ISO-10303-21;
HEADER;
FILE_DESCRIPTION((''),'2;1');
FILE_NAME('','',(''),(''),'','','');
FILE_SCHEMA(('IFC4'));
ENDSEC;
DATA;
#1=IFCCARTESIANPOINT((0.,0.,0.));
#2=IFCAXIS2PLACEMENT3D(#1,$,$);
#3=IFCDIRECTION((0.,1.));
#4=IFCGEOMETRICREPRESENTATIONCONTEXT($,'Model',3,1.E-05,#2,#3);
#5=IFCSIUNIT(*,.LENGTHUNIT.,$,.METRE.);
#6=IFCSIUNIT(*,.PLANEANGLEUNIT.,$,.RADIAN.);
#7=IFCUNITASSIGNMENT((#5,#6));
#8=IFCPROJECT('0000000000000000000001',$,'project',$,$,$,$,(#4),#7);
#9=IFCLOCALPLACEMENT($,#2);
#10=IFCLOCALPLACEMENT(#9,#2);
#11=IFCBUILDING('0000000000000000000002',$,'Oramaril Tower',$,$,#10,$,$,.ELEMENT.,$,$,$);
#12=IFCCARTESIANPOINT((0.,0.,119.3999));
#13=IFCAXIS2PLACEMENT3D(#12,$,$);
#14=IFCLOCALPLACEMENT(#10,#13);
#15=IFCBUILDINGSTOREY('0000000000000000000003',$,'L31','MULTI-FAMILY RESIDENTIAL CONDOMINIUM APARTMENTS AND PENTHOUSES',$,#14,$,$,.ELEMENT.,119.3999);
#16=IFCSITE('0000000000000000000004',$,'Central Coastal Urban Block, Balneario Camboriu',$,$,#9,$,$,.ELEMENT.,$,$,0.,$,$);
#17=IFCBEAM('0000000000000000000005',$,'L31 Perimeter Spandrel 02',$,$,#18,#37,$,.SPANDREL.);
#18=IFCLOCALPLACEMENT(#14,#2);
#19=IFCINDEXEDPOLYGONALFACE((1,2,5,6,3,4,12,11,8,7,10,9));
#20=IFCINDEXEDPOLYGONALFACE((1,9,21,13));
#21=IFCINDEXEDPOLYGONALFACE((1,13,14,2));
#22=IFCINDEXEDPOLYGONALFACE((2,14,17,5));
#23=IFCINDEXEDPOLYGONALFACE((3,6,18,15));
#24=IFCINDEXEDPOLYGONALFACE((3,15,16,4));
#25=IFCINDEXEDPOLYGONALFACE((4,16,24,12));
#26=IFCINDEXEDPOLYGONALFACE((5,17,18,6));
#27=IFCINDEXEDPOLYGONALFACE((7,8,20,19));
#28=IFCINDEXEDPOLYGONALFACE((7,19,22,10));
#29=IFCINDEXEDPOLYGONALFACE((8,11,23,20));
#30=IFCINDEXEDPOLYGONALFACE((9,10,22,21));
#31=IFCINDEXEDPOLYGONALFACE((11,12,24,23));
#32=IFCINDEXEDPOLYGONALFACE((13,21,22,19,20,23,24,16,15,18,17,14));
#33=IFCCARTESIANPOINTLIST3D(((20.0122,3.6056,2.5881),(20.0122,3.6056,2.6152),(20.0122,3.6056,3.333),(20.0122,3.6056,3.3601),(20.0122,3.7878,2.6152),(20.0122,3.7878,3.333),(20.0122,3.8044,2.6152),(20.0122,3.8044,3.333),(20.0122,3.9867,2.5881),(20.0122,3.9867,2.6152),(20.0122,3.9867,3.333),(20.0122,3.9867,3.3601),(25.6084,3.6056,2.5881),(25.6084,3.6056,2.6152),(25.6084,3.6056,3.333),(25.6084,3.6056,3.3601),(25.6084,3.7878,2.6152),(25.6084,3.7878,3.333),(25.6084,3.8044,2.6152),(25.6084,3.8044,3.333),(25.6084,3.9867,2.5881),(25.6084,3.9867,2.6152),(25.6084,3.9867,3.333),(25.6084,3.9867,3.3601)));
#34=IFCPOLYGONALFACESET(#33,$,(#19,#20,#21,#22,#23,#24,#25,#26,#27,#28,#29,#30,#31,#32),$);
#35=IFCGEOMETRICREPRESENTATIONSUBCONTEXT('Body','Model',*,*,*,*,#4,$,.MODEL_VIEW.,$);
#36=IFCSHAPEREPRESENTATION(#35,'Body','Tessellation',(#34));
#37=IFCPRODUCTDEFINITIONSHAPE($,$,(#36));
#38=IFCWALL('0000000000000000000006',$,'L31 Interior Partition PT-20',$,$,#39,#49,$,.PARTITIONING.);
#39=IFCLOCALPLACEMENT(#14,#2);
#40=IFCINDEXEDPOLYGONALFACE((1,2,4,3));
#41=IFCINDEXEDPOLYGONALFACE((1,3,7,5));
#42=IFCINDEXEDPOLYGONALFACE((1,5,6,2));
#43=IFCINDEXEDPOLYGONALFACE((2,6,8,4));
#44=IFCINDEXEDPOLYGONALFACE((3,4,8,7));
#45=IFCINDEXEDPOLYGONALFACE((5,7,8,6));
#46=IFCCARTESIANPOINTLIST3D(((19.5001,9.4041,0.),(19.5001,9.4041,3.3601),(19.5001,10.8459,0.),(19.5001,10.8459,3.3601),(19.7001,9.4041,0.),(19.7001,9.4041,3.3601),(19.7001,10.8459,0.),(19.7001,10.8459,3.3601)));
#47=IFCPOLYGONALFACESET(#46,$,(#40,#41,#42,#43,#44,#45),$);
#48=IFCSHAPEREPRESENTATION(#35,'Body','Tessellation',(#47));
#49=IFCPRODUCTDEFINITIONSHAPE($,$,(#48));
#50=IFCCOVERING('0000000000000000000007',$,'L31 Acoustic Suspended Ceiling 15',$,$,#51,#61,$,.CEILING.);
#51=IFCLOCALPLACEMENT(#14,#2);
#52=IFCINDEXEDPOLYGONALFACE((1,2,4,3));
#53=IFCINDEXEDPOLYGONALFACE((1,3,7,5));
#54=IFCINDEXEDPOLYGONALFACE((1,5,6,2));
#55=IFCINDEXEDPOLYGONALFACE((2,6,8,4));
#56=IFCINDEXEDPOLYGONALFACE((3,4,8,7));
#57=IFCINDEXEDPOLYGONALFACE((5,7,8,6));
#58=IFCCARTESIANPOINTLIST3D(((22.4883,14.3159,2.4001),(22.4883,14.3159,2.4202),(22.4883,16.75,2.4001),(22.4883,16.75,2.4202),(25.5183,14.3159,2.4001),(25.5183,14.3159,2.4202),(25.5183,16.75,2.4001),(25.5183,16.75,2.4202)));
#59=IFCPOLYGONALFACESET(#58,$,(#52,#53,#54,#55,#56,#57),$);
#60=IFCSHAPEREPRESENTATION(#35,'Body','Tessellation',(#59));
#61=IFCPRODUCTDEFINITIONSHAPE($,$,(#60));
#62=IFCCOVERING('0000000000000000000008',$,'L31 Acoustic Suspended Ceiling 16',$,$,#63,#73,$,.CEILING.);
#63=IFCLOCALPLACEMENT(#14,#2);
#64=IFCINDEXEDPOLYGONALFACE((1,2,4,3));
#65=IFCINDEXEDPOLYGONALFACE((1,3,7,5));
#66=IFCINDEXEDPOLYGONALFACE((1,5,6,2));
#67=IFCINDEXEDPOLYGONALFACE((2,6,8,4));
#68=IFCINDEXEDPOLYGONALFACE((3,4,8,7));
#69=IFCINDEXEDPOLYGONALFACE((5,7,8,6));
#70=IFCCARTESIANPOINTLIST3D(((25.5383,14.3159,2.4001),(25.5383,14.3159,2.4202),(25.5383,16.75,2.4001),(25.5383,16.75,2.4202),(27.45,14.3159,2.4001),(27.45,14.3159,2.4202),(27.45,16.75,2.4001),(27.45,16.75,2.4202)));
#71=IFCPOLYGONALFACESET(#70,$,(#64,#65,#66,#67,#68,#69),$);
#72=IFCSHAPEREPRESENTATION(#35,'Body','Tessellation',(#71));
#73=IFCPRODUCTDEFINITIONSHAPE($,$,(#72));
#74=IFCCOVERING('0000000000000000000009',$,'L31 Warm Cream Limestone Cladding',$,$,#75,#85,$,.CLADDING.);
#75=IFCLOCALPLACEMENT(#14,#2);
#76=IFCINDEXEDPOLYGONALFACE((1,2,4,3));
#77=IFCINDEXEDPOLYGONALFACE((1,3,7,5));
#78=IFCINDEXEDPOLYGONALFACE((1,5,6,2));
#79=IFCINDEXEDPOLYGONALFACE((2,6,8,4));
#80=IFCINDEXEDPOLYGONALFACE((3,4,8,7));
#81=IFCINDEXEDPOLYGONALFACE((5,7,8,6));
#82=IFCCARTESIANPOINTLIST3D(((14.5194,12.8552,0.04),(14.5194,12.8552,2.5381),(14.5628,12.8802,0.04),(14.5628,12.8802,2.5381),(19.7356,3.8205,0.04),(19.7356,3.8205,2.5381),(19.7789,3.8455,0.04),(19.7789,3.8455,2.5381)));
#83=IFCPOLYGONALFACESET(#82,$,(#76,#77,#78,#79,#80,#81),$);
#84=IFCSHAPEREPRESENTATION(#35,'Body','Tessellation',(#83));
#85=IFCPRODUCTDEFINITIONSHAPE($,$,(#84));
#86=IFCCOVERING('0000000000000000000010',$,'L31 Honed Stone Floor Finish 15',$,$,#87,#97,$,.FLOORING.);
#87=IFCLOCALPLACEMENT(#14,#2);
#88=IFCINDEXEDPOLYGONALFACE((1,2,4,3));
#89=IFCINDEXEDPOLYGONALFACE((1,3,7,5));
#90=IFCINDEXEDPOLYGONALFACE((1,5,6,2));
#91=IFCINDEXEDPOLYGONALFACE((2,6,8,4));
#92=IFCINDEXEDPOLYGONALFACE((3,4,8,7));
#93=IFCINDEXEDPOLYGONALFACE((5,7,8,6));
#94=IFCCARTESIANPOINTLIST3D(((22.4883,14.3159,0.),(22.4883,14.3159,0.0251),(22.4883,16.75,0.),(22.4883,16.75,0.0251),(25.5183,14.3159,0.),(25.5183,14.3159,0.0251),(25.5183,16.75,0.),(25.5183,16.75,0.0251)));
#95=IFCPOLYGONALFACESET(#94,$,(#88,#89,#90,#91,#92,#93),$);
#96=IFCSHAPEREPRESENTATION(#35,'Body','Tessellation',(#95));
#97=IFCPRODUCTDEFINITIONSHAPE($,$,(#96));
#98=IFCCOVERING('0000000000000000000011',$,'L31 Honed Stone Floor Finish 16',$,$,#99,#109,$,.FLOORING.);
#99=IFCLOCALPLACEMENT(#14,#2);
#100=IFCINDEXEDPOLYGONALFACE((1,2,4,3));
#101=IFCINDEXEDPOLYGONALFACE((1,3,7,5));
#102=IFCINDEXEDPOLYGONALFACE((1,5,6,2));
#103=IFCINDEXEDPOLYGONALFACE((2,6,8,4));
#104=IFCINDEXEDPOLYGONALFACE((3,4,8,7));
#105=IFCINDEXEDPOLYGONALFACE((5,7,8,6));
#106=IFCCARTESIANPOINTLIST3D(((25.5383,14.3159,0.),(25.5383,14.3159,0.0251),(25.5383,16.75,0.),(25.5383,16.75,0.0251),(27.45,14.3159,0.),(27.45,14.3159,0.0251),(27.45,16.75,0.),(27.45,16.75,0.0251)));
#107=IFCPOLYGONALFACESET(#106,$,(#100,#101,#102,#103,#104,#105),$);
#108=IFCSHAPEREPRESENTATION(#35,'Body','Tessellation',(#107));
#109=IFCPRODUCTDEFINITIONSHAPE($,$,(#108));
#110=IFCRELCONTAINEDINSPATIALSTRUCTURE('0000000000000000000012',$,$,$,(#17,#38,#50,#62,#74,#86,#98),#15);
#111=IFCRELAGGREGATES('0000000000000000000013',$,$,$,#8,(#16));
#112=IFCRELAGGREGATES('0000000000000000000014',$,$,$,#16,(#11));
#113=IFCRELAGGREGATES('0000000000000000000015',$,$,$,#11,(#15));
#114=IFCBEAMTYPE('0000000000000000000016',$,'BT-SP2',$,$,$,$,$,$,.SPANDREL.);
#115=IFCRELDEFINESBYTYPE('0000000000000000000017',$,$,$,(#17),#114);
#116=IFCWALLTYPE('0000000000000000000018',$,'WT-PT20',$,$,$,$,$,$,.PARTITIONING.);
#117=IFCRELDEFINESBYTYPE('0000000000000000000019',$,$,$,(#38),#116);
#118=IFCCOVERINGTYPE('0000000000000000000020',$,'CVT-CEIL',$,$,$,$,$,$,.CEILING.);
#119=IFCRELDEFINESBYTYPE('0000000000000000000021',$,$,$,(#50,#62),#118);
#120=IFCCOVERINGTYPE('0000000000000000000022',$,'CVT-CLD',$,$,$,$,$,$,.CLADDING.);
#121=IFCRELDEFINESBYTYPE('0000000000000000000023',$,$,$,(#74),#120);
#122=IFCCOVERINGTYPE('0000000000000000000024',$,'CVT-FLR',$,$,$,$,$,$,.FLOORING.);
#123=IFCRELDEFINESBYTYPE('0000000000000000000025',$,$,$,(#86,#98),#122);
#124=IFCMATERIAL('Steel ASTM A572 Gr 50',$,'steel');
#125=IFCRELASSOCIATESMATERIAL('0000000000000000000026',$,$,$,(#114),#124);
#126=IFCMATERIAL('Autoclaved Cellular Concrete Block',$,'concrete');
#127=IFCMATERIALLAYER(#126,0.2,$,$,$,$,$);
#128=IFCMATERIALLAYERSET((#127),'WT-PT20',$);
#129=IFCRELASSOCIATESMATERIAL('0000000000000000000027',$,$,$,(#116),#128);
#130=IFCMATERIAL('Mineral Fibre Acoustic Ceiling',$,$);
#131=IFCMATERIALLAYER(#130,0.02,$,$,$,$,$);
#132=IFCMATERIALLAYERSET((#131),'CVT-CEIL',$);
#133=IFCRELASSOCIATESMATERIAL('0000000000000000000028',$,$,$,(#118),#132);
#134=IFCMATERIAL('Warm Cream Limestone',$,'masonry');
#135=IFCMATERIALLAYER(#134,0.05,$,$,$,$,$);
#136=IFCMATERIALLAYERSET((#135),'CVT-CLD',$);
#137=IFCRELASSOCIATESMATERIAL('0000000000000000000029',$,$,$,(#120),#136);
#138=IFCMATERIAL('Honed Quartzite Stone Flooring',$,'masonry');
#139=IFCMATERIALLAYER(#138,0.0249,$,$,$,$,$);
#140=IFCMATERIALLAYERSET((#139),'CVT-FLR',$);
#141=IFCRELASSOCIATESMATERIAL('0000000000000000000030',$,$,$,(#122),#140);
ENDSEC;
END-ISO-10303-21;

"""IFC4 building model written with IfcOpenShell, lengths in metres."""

from ifc_helpers import new_model, si_unit, direction, frame, frame_2d, origin, origin_2d, place, context, subcontext, project, spatial, polyline, rectangle, i_section, outline, extrude, material, layer, layer_set, material_profile, profile_set, type_object, element, save


model = new_model("IFC4")

# Units and contexts
model_context = context("Model", 3, precision=1e-05, world=origin(), true_north=direction((0.0, 1.0)))
body_context = subcontext(model_context, "Body", "Model", "MODEL_VIEW")
ifc_project = project(units=[si_unit("LENGTHUNIT", "METRE"), si_unit("PLANEANGLEUNIT", "RADIAN")], contexts=[model_context])

# Site, building, storey
site_placement = place(None, origin())
site = spatial("IfcSite", under=ifc_project, at=site_placement, Name="Central Coastal Urban Block, Balneario Camboriu", CompositionType="ELEMENT", RefElevation=0.0)
building_placement = place(site_placement, origin())
building = spatial("IfcBuilding", under=site, at=building_placement, Name="Oramaril Tower", CompositionType="ELEMENT")
storey_placement = place(building_placement, frame((0.0, 0.0, 119.3999)))
storey = spatial("IfcBuildingStorey", under=building, at=storey_placement, Name="L31", Description="MULTI-FAMILY RESIDENTIAL CONDOMINIUM APARTMENTS AND PENTHOUSES", CompositionType="ELEMENT", Elevation=119.3999)

# Beam
ifc_material_1 = material(Name="Steel ASTM A572 Gr 50", Category="steel")
ifc_material_profile = material_profile(ifc_material_1, i_section(OverallWidth=0.3811, OverallDepth=0.772, WebThickness=0.0166, FlangeThickness=0.0271, at=origin_2d()), Name="W30X173")
ifc_profile_set = profile_set([ifc_material_profile], Name="Steel ASTM A572 Gr 50")
beam_type = type_object("IfcBeamType", Name="BT-SP2", PredefinedType="SPANDREL", material=ifc_profile_set)
beam_placement = place(storey_placement, frame((20.0122, 3.7961, 2.9741), z_axis=(1.0, 0.0, 0.0), x_axis=(0.0, 1.0, 0.0)))
element("IfcBeam", 1, at=beam_placement, inside=storey, type_object=beam_type, Name="L31 Perimeter Spandrel 02", PredefinedType="SPANDREL", context=body_context, shape_type="SweptSolid", body=[
    extrude(i_section(OverallWidth=0.3811, OverallDepth=0.772, WebThickness=0.0166, FlangeThickness=0.0271, at=origin_2d()), origin(), (0.0, 0.0, 1.0), 5.5962),
])

# Shared definitions
ifc_material_2 = material(Name="Autoclaved Cellular Concrete Block", Category="concrete")
ifc_layer_1 = layer(ifc_material_2, 0.2)
ifc_layer_set_1 = layer_set([ifc_layer_1], Name="WT-PT20")
wall_type = type_object("IfcWallType", Name="WT-PT20", PredefinedType="PARTITIONING", material=ifc_layer_set_1)

# Wall
wall_1_placement = place(storey_placement, frame((19.6001, 9.4041, 0.0), z_axis=(0.0, 0.0, 1.0), x_axis=(0.0, 1.0, 0.0)))
element("IfcWall", 2, at=wall_1_placement, inside=storey, type_object=wall_type, Name="L31 Interior Partition PT-20", PredefinedType="PARTITIONING", context=body_context, shape_type="SweptSolid", body=[
    extrude(rectangle(XDim=1.4419, YDim=0.2, at=frame_2d((0.7209, 0.0))), origin(), (0.0, 0.0, 1.0), 3.3601),
])

# Coverings
ifc_material_3 = material(Name="Mineral Fibre Acoustic Ceiling")
ifc_layer_2 = layer(ifc_material_3, 0.02)
ifc_layer_set_2 = layer_set([ifc_layer_2], Name="CVT-CEIL")
covering_type_1 = type_object("IfcCoveringType", Name="CVT-CEIL", PredefinedType="CEILING", material=ifc_layer_set_2)
covering_1_placement = place(storey_placement, frame((0.0, 0.0, 2.4001)))
element("IfcCovering", 3, at=covering_1_placement, inside=storey, type_object=covering_type_1, Name="L31 Acoustic Suspended Ceiling 15", PredefinedType="CEILING", context=body_context, shape_type="SweptSolid", body=[
    extrude(outline(polyline([(25.5183, 14.3159), (22.4883, 14.3159), (22.4883, 16.75), (25.5183, 16.75), (25.5183, 14.3159)])), origin(), (0.0, 0.0, 1.0), 0.02),
])
covering_2_placement = place(storey_placement, frame((0.0, 0.0, 2.4001)))
element("IfcCovering", 4, at=covering_2_placement, inside=storey, type_object=covering_type_1, Name="L31 Acoustic Suspended Ceiling 16", PredefinedType="CEILING", context=body_context, shape_type="SweptSolid", body=[
    extrude(outline(polyline([(25.5383, 16.75), (27.45, 16.75), (27.45, 14.3159), (25.5383, 14.3159), (25.5383, 16.75)])), origin(), (0.0, 0.0, 1.0), 0.02),
])
ifc_material_4 = material(Name="Warm Cream Limestone", Category="masonry")
ifc_layer_3 = layer(ifc_material_4, 0.05)
ifc_layer_set_3 = layer_set([ifc_layer_3], Name="CVT-CLD")
covering_type_2 = type_object("IfcCoveringType", Name="CVT-CLD", PredefinedType="CLADDING", material=ifc_layer_set_3)
covering_3_placement = place(storey_placement, frame((17.1492, 8.3503, 0.04), z_axis=(0.0, 0.0, 1.0), x_axis=(0.499994, -0.866029, 0.0)))
element("IfcCovering", 5, at=covering_3_placement, inside=storey, type_object=covering_type_2, Name="L31 Warm Cream Limestone Cladding", PredefinedType="CLADDING", context=body_context, shape_type="SweptSolid", body=[
    extrude(rectangle(XDim=10.4324, YDim=0.05, at=origin_2d()), origin(), (0.0, 0.0, 1.0), 2.498),
])
ifc_material_5 = material(Name="Honed Quartzite Stone Flooring", Category="masonry")
ifc_layer_4 = layer(ifc_material_5, 0.0249)
ifc_layer_set_4 = layer_set([ifc_layer_4], Name="CVT-FLR")
covering_type_3 = type_object("IfcCoveringType", Name="CVT-FLR", PredefinedType="FLOORING", material=ifc_layer_set_4)
covering_4_placement = place(storey_placement, origin())
element("IfcCovering", 6, at=covering_4_placement, inside=storey, type_object=covering_type_3, Name="L31 Honed Stone Floor Finish 15", PredefinedType="FLOORING", context=body_context, shape_type="SweptSolid", body=[
    extrude(outline(polyline([(25.5183, 14.3159), (22.4883, 14.3159), (22.4883, 16.75), (25.5183, 16.75), (25.5183, 14.3159)])), origin(), (0.0, 0.0, 1.0), 0.0251),
])
covering_5_placement = place(storey_placement, origin())
element("IfcCovering", 7, at=covering_5_placement, inside=storey, type_object=covering_type_3, Name="L31 Honed Stone Floor Finish 16", PredefinedType="FLOORING", context=body_context, shape_type="SweptSolid", body=[
    extrude(outline(polyline([(25.5383, 16.75), (27.45, 16.75), (27.45, 14.3159), (25.5383, 14.3159), (25.5383, 16.75)])), origin(), (0.0, 0.0, 1.0), 0.0251),
])

save(model, "model.ifc")
